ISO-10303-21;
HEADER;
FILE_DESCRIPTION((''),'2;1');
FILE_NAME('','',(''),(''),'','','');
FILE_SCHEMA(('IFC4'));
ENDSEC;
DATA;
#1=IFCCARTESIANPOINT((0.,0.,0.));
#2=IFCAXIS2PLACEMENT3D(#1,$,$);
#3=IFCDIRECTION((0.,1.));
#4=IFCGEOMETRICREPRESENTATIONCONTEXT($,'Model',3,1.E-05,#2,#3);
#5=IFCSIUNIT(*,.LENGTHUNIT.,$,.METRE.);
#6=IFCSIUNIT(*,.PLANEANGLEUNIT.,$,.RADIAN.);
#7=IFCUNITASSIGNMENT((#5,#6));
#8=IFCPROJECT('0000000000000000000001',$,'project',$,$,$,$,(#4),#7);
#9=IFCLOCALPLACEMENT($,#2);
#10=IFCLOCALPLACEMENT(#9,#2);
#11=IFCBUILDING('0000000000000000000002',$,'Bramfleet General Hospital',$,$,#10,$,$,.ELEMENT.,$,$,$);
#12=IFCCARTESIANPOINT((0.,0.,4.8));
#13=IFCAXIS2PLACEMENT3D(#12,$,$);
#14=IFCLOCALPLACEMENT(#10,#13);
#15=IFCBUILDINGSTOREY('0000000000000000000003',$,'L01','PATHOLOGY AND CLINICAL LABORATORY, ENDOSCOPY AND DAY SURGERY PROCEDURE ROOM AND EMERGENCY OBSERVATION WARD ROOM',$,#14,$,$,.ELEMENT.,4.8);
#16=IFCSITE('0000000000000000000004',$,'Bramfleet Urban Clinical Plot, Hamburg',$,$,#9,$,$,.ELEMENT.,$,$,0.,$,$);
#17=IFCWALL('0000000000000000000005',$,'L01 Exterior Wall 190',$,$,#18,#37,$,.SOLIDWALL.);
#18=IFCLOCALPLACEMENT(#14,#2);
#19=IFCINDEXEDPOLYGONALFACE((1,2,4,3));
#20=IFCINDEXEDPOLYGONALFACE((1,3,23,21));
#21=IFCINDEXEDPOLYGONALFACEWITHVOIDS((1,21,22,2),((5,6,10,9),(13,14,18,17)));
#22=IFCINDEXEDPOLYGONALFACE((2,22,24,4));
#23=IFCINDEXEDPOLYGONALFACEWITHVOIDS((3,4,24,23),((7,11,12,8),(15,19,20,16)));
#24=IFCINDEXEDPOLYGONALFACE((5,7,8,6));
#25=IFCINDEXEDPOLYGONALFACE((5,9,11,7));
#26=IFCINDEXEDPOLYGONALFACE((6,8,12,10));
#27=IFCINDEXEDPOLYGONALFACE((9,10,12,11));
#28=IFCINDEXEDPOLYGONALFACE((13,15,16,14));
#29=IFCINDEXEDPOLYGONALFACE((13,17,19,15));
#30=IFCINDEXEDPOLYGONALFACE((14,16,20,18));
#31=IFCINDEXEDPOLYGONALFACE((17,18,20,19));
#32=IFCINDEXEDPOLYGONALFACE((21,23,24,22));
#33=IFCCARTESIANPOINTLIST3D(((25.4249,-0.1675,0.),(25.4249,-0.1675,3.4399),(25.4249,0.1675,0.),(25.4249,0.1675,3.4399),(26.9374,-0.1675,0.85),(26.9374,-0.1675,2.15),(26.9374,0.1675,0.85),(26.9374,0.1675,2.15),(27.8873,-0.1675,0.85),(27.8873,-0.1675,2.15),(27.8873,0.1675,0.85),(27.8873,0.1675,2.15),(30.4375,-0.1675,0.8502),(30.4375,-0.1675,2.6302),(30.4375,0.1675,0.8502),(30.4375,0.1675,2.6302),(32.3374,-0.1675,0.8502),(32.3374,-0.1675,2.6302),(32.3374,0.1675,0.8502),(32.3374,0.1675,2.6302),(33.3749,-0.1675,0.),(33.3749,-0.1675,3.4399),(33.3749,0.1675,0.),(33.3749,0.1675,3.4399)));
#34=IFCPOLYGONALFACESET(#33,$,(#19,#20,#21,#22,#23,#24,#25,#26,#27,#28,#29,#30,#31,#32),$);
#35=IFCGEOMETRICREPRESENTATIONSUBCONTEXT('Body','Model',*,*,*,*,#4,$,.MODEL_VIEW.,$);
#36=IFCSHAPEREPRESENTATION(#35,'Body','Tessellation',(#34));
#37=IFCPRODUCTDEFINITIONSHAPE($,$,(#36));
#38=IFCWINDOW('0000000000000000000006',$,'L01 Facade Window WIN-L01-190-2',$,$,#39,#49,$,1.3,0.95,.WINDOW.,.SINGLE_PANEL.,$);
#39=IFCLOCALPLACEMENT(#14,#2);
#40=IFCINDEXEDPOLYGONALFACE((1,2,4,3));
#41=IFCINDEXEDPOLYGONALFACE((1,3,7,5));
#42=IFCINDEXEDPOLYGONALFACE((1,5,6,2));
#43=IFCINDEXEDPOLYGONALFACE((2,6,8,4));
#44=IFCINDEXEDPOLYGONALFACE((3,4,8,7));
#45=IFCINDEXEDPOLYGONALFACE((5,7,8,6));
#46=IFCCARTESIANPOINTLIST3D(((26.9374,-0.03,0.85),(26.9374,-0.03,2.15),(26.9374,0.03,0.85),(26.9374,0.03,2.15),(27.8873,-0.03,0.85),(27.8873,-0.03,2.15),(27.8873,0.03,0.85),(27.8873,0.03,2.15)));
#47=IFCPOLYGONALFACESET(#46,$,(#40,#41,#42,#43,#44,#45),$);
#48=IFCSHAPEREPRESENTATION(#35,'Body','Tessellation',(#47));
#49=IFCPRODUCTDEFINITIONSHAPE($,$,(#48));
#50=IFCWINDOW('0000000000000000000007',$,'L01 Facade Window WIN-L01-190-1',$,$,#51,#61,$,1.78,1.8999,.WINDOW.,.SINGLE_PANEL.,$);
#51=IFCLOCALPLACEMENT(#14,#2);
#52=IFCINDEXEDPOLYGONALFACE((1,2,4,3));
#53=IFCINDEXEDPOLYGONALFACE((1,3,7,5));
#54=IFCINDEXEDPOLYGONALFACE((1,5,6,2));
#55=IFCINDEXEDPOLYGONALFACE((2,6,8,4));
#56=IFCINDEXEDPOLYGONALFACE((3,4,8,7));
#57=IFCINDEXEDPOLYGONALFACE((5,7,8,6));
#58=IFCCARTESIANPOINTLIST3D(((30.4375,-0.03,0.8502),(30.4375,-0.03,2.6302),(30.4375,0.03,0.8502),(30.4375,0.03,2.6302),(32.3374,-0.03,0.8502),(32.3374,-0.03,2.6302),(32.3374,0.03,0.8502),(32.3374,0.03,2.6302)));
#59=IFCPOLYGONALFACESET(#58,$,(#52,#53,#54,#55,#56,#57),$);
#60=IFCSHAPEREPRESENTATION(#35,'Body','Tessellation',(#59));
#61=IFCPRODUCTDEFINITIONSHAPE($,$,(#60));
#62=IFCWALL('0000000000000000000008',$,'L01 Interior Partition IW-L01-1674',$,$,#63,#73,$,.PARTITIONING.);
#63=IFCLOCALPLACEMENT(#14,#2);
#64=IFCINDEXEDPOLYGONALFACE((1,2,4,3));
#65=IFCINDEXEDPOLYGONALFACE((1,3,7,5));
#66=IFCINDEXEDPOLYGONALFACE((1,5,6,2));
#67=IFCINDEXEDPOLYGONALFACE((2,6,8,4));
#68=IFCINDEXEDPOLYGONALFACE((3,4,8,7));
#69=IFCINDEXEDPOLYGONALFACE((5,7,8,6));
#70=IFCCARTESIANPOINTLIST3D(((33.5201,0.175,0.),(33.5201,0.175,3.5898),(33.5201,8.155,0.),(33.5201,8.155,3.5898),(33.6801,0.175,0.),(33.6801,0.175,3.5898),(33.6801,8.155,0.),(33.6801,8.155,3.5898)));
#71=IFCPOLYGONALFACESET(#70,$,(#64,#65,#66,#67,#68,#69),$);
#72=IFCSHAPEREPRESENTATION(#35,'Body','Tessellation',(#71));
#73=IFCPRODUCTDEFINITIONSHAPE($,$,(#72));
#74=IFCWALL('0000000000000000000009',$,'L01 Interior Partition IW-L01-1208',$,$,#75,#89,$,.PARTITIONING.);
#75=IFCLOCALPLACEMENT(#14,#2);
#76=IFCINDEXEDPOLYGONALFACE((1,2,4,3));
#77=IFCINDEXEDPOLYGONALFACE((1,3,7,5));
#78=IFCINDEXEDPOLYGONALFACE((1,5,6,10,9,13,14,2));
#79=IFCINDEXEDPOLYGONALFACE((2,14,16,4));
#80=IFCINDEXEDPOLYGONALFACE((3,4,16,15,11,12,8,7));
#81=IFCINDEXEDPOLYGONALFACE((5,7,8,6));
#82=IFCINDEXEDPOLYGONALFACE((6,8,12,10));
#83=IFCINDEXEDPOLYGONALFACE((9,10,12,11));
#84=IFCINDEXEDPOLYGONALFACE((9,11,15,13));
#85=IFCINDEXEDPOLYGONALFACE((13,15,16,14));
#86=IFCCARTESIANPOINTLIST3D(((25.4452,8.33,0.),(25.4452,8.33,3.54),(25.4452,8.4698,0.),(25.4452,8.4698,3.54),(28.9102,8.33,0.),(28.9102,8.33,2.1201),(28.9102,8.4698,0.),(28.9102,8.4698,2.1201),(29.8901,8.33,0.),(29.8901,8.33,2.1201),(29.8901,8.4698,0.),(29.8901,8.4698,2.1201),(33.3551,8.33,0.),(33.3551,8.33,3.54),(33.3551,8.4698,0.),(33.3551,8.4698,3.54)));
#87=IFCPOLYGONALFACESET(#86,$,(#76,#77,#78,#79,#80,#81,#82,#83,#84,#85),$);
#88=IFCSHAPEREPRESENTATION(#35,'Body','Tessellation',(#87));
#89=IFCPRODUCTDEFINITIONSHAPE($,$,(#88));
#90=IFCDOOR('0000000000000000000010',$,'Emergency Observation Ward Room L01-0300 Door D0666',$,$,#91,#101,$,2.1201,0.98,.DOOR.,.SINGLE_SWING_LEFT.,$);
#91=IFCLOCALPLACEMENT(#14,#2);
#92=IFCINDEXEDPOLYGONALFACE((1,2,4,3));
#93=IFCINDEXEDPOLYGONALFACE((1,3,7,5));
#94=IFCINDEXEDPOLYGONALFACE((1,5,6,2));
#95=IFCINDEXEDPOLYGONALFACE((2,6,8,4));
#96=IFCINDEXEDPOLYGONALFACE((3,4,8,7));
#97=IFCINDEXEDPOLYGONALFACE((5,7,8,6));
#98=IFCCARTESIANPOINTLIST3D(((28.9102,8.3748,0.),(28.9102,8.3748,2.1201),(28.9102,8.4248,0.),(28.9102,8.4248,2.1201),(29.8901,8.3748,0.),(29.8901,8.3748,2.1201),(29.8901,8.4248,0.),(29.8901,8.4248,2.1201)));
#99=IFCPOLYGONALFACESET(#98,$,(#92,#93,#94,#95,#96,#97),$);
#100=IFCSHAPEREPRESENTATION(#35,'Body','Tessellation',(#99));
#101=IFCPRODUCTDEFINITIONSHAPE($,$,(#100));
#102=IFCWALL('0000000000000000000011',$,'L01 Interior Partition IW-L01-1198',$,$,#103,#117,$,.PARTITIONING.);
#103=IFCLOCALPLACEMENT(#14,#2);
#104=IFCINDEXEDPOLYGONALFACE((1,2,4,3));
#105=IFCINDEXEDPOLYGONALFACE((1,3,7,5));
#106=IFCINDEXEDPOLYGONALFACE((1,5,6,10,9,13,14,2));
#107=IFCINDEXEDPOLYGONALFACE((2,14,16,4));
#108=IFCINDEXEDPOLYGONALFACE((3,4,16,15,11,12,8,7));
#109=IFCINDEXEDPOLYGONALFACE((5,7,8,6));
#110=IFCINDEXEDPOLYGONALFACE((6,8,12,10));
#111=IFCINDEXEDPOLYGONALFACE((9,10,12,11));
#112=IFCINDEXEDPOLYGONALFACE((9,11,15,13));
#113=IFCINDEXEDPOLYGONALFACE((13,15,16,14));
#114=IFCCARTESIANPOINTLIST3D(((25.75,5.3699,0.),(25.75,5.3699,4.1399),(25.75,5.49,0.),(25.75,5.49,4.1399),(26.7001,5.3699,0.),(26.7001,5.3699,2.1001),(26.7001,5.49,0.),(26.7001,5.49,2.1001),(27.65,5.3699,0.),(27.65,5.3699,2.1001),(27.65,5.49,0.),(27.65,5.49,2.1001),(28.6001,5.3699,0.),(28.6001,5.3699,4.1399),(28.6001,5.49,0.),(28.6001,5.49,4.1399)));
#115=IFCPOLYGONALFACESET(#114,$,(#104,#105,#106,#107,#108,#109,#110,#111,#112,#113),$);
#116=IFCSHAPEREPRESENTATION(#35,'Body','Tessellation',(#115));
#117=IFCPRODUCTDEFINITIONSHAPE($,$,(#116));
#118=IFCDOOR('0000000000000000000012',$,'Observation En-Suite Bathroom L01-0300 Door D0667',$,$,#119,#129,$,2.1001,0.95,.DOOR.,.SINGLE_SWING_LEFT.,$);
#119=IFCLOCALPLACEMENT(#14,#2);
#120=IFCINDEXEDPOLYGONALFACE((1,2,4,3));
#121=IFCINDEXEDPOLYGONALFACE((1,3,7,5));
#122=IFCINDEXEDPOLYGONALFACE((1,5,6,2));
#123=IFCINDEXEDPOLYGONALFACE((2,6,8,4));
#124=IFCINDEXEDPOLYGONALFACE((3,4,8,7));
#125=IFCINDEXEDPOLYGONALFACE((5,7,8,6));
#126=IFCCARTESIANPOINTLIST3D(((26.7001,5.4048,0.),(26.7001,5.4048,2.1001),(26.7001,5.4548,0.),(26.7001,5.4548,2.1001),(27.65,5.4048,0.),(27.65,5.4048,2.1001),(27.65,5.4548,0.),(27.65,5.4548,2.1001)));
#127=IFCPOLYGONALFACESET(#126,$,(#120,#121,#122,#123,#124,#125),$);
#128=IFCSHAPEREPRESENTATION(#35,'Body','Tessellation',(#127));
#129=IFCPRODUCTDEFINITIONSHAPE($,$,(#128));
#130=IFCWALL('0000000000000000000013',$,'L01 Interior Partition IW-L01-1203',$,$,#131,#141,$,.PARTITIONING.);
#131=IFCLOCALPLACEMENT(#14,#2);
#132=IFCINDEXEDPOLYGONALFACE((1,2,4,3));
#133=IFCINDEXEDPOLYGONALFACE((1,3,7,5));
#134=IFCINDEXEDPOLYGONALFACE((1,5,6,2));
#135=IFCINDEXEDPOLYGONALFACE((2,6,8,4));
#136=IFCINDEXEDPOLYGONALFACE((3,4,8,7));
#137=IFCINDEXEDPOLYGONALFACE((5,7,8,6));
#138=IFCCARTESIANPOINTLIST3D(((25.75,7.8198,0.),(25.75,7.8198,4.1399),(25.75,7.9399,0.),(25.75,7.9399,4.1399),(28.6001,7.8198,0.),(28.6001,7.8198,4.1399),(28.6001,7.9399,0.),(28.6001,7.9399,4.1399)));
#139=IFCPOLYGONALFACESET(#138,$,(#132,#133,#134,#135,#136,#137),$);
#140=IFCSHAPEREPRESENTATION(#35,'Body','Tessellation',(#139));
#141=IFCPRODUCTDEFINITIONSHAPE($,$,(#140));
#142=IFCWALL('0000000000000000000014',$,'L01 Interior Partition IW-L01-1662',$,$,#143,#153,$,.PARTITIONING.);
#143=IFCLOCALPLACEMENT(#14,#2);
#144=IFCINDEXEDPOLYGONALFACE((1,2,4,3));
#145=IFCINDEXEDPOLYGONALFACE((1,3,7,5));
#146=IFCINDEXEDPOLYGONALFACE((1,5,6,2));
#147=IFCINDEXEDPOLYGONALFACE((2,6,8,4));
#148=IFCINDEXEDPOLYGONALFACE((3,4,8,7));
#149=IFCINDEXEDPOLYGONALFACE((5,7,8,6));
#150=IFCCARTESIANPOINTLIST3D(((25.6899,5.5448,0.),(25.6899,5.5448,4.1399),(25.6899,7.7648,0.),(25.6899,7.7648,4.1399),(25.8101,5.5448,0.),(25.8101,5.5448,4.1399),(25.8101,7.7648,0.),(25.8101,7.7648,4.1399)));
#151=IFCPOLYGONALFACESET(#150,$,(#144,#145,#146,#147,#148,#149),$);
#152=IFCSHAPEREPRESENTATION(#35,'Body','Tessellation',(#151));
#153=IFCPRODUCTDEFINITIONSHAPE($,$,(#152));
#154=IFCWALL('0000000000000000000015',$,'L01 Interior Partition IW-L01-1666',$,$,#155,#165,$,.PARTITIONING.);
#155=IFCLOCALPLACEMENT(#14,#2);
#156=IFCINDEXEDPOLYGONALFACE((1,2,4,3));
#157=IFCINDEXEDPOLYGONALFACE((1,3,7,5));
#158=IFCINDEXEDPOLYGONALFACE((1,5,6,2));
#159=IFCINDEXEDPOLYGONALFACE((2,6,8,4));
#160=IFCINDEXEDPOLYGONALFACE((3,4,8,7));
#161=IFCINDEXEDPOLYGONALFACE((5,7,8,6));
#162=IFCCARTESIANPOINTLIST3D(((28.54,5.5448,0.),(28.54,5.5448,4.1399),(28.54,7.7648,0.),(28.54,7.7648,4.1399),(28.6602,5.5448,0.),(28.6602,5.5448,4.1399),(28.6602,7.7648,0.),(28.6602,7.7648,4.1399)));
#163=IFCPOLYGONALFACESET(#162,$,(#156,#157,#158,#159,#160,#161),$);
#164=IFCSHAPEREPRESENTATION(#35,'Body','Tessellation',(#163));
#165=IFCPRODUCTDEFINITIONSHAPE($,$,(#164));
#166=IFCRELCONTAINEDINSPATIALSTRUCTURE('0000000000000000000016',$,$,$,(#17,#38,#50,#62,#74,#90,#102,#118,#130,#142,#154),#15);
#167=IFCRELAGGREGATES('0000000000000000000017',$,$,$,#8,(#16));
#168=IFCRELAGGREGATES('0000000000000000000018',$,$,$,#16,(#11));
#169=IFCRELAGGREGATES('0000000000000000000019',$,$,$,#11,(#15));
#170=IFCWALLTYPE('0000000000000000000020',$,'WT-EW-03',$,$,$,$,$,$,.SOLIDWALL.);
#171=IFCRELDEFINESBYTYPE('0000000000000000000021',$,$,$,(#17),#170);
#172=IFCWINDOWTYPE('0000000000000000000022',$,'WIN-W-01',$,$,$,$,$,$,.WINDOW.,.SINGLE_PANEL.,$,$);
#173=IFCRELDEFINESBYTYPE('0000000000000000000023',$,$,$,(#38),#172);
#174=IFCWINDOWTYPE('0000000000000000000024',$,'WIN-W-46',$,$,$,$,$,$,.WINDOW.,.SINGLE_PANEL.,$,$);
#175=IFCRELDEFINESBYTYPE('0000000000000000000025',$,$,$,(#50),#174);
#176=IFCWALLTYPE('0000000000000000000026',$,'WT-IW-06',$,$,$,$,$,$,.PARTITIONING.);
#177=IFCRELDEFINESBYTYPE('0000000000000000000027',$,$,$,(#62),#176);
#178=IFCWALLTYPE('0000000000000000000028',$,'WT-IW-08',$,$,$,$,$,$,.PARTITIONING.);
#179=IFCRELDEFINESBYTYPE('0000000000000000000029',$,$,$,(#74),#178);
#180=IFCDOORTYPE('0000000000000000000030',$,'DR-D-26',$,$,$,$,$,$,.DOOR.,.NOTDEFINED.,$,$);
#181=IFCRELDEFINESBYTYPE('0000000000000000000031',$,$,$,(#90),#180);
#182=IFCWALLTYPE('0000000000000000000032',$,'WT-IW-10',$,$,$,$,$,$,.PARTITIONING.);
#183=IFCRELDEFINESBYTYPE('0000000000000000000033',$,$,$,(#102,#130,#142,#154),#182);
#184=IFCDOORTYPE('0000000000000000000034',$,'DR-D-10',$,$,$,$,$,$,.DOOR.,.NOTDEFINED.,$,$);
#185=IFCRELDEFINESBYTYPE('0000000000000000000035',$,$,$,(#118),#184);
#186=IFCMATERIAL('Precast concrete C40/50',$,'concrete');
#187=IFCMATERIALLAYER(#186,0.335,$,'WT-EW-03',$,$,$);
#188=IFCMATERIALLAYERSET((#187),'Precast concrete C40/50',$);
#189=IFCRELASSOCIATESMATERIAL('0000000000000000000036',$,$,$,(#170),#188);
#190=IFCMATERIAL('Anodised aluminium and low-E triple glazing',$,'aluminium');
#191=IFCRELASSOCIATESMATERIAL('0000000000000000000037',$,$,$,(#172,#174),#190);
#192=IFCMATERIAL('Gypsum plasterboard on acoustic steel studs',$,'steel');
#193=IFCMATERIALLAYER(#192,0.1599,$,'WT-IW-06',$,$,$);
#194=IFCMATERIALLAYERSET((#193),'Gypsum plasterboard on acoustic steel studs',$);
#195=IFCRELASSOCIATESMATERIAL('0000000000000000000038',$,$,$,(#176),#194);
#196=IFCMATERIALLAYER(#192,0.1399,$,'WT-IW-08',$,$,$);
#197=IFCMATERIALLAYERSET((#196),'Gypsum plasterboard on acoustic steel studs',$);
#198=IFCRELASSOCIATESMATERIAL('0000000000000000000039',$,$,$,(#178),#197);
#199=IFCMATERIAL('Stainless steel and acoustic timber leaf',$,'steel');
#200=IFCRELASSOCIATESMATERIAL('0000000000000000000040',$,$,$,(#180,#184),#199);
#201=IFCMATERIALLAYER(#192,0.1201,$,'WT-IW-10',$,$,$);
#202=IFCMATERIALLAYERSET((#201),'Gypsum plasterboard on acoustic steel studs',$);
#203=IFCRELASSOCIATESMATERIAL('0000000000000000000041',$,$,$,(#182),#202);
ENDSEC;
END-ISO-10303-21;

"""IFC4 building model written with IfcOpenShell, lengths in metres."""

from ifc_helpers import new_model, si_unit, direction, frame, frame_2d, origin, place, context, subcontext, project, spatial, rectangle, extrude, material, layer, layer_set, type_object, element, fill, save


model = new_model("IFC4")

# Units and contexts
model_context = context("Model", 3, precision=1e-05, world=origin(), true_north=direction((0.0, 1.0)))
body_context = subcontext(model_context, "Body", "Model", "MODEL_VIEW")
ifc_project = project(units=[si_unit("LENGTHUNIT", "METRE"), si_unit("PLANEANGLEUNIT", "RADIAN")], contexts=[model_context])

# Site, building, storey
site_placement = place(None, origin())
site = spatial("IfcSite", under=ifc_project, at=site_placement, Name="Bramfleet Urban Clinical Plot, Hamburg", CompositionType="ELEMENT", RefElevation=0.0)
building_placement = place(site_placement, origin())
building = spatial("IfcBuilding", under=site, at=building_placement, Name="Bramfleet General Hospital", CompositionType="ELEMENT")
storey_placement = place(building_placement, frame((0.0, 0.0, 4.8)))
storey = spatial("IfcBuildingStorey", under=building, at=storey_placement, Name="L01", Description="PATHOLOGY AND CLINICAL LABORATORY, ENDOSCOPY AND DAY SURGERY PROCEDURE ROOM AND EMERGENCY OBSERVATION WARD ROOM", CompositionType="ELEMENT", Elevation=4.8)

# Shared definitions
ifc_material_1 = material(Name="Anodised aluminium and low-E triple glazing", Category="aluminium")

# Wall, openings, windows
ifc_material_2 = material(Name="Precast concrete C40/50", Category="concrete")
ifc_layer_1 = layer(ifc_material_2, 0.335, Name="WT-EW-03")
ifc_layer_set_1 = layer_set([ifc_layer_1], Name="Precast concrete C40/50")
wall_type_1 = type_object("IfcWallType", Name="WT-EW-03", PredefinedType="SOLIDWALL", material=ifc_layer_set_1)
wall_1_placement = place(storey_placement, frame((33.375, 0.0, 0.0), z_axis=(0.0, 0.0, 1.0), x_axis=(-1.0, 0.0, 0.0)))
wall_1 = element("IfcWall", 1, at=wall_1_placement, inside=storey, type_object=wall_type_1, Name="L01 Exterior Wall 190", PredefinedType="SOLIDWALL", context=body_context, shape_type="SweptSolid", body=[
    extrude(rectangle(XDim=7.95, YDim=0.335, at=frame_2d((3.9751, 0.0))), origin(), (0.0, 0.0, 1.0), 3.4399),
])
opening_1_placement = place(wall_1_placement, frame((1.0376, 0.0, 0.8501)))
opening_1 = element("IfcOpeningElement", 2, at=opening_1_placement, cuts=wall_1, PredefinedType="OPENING", context=body_context, shape_type="SweptSolid", body=[
    extrude(rectangle(XDim=1.8999, YDim=1.78, at=frame_2d((0.95, 0.8901))), frame((0.0, 0.1775, 0.0), z_axis=(0.0, -1.0, 0.0), x_axis=(1.0, 0.0, 0.0)), (0.0, 0.0, 1.0), 0.355),
])
opening_2_placement = place(wall_1_placement, frame((5.4875, 0.0, 0.8501)))
opening_2 = element("IfcOpeningElement", 3, at=opening_2_placement, cuts=wall_1, PredefinedType="OPENING", context=body_context, shape_type="SweptSolid", body=[
    extrude(rectangle(XDim=0.95, YDim=1.3, at=frame_2d((0.4751, 0.6499))), frame((0.0, 0.1775, 0.0), z_axis=(0.0, -1.0, 0.0), x_axis=(1.0, 0.0, 0.0)), (0.0, 0.0, 1.0), 0.355),
])
window_type_1 = type_object("IfcWindowType", Name="WIN-W-01", PartitioningType="SINGLE_PANEL", PredefinedType="WINDOW", material=ifc_material_1)
window_1_placement = place(opening_2_placement, origin())
window_1 = element("IfcWindow", 4, at=window_1_placement, inside=storey, type_object=window_type_1, Name="L01 Facade Window WIN-L01-190-2", OverallHeight=1.3, OverallWidth=0.95, PartitioningType="SINGLE_PANEL", PredefinedType="WINDOW", context=body_context, shape_type="SweptSolid", body=[
    extrude(rectangle(XDim=0.95, YDim=1.3, at=frame_2d((0.4751, 0.6499))), frame((0.0, 0.03, 0.0), z_axis=(0.0, -1.0, 0.0), x_axis=(1.0, 0.0, 0.0)), (0.0, 0.0, 1.0), 0.0601),
])
fill(opening_2, window_1)
window_type_2 = type_object("IfcWindowType", Name="WIN-W-46", PartitioningType="SINGLE_PANEL", PredefinedType="WINDOW", material=ifc_material_1)
window_2_placement = place(opening_1_placement, origin())
window_2 = element("IfcWindow", 5, at=window_2_placement, inside=storey, type_object=window_type_2, Name="L01 Facade Window WIN-L01-190-1", OverallHeight=1.78, OverallWidth=1.8999, PartitioningType="SINGLE_PANEL", PredefinedType="WINDOW", context=body_context, shape_type="SweptSolid", body=[
    extrude(rectangle(XDim=1.8999, YDim=1.78, at=frame_2d((0.95, 0.8901))), frame((0.0, 0.03, 0.0), z_axis=(0.0, -1.0, 0.0), x_axis=(1.0, 0.0, 0.0)), (0.0, 0.0, 1.0), 0.0601),
])
fill(opening_1, window_2)

# Wall
ifc_material_3 = material(Name="Gypsum plasterboard on acoustic steel studs", Category="steel")
ifc_layer_2 = layer(ifc_material_3, 0.1599, Name="WT-IW-06")
ifc_layer_set_2 = layer_set([ifc_layer_2], Name="Gypsum plasterboard on acoustic steel studs")
wall_type_2 = type_object("IfcWallType", Name="WT-IW-06", PredefinedType="PARTITIONING", material=ifc_layer_set_2)
wall_2_placement = place(storey_placement, frame((33.6001, 0.175, 0.0), z_axis=(0.0, 0.0, 1.0), x_axis=(0.0, 1.0, 0.0)))
element("IfcWall", 6, at=wall_2_placement, inside=storey, type_object=wall_type_2, Name="L01 Interior Partition IW-L01-1674", PredefinedType="PARTITIONING", context=body_context, shape_type="SweptSolid", body=[
    extrude(rectangle(XDim=7.98, YDim=0.1599, at=frame_2d((3.99, 0.0))), origin(), (0.0, 0.0, 1.0), 3.5898),
])

# Walls, openings, doors
ifc_layer_3 = layer(ifc_material_3, 0.1399, Name="WT-IW-08")
ifc_layer_set_3 = layer_set([ifc_layer_3], Name="Gypsum plasterboard on acoustic steel studs")
wall_type_3 = type_object("IfcWallType", Name="WT-IW-08", PredefinedType="PARTITIONING", material=ifc_layer_set_3)
wall_3_placement = place(storey_placement, frame((25.4451, 8.3999, 0.0), z_axis=(0.0, 0.0, 1.0), x_axis=(1.0, 0.0, 0.0)))
wall_3 = element("IfcWall", 7, at=wall_3_placement, inside=storey, type_object=wall_type_3, Name="L01 Interior Partition IW-L01-1208", PredefinedType="PARTITIONING", context=body_context, shape_type="SweptSolid", body=[
    extrude(rectangle(XDim=7.9099, YDim=0.1399, at=frame_2d((3.9551, 0.0))), origin(), (0.0, 0.0, 1.0), 3.54),
])
opening_3_placement = place(wall_3_placement, frame((3.4651, 0.0, 0.0)))
opening_3 = element("IfcOpeningElement", 8, at=opening_3_placement, cuts=wall_3, PredefinedType="OPENING", context=body_context, shape_type="SweptSolid", body=[
    extrude(rectangle(XDim=0.98, YDim=2.1201, at=frame_2d((0.49, 1.0601))), frame((0.0, 0.0798, 0.0), z_axis=(0.0, -1.0, 0.0), x_axis=(1.0, 0.0, 0.0)), (0.0, 0.0, 1.0), 0.1599),
])
ifc_material_4 = material(Name="Stainless steel and acoustic timber leaf", Category="steel")
door_type_1 = type_object("IfcDoorType", Name="DR-D-26", OperationType="NOTDEFINED", PredefinedType="DOOR", material=ifc_material_4)
door_1_placement = place(opening_3_placement, origin())
door_1 = element("IfcDoor", 9, at=door_1_placement, inside=storey, type_object=door_type_1, Name="Emergency Observation Ward Room L01-0300 Door D0666", OperationType="SINGLE_SWING_LEFT", OverallHeight=2.1201, OverallWidth=0.98, PredefinedType="DOOR", context=body_context, shape_type="SweptSolid", body=[
    extrude(rectangle(XDim=0.98, YDim=2.1201, at=frame_2d((0.49, 1.0601))), frame((0.0, 0.0249, 0.0), z_axis=(0.0, -1.0, 0.0), x_axis=(1.0, 0.0, 0.0)), (0.0, 0.0, 1.0), 0.05),
])
fill(opening_3, door_1)
ifc_layer_4 = layer(ifc_material_3, 0.1201, Name="WT-IW-10")
ifc_layer_set_4 = layer_set([ifc_layer_4], Name="Gypsum plasterboard on acoustic steel studs")
wall_type_4 = type_object("IfcWallType", Name="WT-IW-10", PredefinedType="PARTITIONING", material=ifc_layer_set_4)
wall_4_placement = place(storey_placement, frame((25.75, 5.4299, 0.0), z_axis=(0.0, 0.0, 1.0), x_axis=(1.0, 0.0, 0.0)))
wall_4 = element("IfcWall", 10, at=wall_4_placement, inside=storey, type_object=wall_type_4, Name="L01 Interior Partition IW-L01-1198", PredefinedType="PARTITIONING", context=body_context, shape_type="SweptSolid", body=[
    extrude(rectangle(XDim=2.8501, YDim=0.1201, at=frame_2d((1.425, 0.0))), origin(), (0.0, 0.0, 1.0), 4.1399),
])
opening_4_placement = place(wall_4_placement, frame((0.95, 0.0, 0.0)))
opening_4 = element("IfcOpeningElement", 11, at=opening_4_placement, cuts=wall_4, PredefinedType="OPENING", context=body_context, shape_type="SweptSolid", body=[
    extrude(rectangle(XDim=0.95, YDim=2.1001, at=frame_2d((0.4751, 1.05))), frame((0.0, 0.0701, 0.0), z_axis=(0.0, -1.0, 0.0), x_axis=(1.0, 0.0, 0.0)), (0.0, 0.0, 1.0), 0.1401),
])
door_type_2 = type_object("IfcDoorType", Name="DR-D-10", OperationType="NOTDEFINED", PredefinedType="DOOR", material=ifc_material_4)
door_2_placement = place(opening_4_placement, origin())
door_2 = element("IfcDoor", 12, at=door_2_placement, inside=storey, type_object=door_type_2, Name="Observation En-Suite Bathroom L01-0300 Door D0667", OperationType="SINGLE_SWING_LEFT", OverallHeight=2.1001, OverallWidth=0.95, PredefinedType="DOOR", context=body_context, shape_type="SweptSolid", body=[
    extrude(rectangle(XDim=0.95, YDim=2.1001, at=frame_2d((0.4751, 1.05))), frame((0.0, 0.0249, 0.0), z_axis=(0.0, -1.0, 0.0), x_axis=(1.0, 0.0, 0.0)), (0.0, 0.0, 1.0), 0.05),
])
fill(opening_4, door_2)

# Walls
wall_5_placement = place(storey_placement, frame((25.75, 7.8799, 0.0), z_axis=(0.0, 0.0, 1.0), x_axis=(1.0, 0.0, 0.0)))
element("IfcWall", 13, at=wall_5_placement, inside=storey, type_object=wall_type_4, Name="L01 Interior Partition IW-L01-1203", PredefinedType="PARTITIONING", context=body_context, shape_type="SweptSolid", body=[
    extrude(rectangle(XDim=2.8501, YDim=0.1201, at=frame_2d((1.425, 0.0))), origin(), (0.0, 0.0, 1.0), 4.1399),
])
for number, where, z_axis, x_axis, name in (
    (14, (25.75, 5.5449, 0.0), (0.0, 0.0, 1.0), (0.0, 1.0, 0.0), "L01 Interior Partition IW-L01-1662"),
    (15, (28.6001, 5.5449, 0.0), (0.0, 0.0, 1.0), (0.0, 1.0, 0.0), "L01 Interior Partition IW-L01-1666"),
):
    element("IfcWall", number, at=place(storey_placement, frame(where, z_axis=z_axis, x_axis=x_axis)), inside=storey, type_object=wall_type_4, Name=name, PredefinedType="PARTITIONING", context=body_context, shape_type="SweptSolid", body=[
        extrude(rectangle(XDim=2.22, YDim=0.1201, at=frame_2d((1.1099, 0.0))), origin(), (0.0, 0.0, 1.0), 4.1399),
    ])

save(model, "model.ifc")
